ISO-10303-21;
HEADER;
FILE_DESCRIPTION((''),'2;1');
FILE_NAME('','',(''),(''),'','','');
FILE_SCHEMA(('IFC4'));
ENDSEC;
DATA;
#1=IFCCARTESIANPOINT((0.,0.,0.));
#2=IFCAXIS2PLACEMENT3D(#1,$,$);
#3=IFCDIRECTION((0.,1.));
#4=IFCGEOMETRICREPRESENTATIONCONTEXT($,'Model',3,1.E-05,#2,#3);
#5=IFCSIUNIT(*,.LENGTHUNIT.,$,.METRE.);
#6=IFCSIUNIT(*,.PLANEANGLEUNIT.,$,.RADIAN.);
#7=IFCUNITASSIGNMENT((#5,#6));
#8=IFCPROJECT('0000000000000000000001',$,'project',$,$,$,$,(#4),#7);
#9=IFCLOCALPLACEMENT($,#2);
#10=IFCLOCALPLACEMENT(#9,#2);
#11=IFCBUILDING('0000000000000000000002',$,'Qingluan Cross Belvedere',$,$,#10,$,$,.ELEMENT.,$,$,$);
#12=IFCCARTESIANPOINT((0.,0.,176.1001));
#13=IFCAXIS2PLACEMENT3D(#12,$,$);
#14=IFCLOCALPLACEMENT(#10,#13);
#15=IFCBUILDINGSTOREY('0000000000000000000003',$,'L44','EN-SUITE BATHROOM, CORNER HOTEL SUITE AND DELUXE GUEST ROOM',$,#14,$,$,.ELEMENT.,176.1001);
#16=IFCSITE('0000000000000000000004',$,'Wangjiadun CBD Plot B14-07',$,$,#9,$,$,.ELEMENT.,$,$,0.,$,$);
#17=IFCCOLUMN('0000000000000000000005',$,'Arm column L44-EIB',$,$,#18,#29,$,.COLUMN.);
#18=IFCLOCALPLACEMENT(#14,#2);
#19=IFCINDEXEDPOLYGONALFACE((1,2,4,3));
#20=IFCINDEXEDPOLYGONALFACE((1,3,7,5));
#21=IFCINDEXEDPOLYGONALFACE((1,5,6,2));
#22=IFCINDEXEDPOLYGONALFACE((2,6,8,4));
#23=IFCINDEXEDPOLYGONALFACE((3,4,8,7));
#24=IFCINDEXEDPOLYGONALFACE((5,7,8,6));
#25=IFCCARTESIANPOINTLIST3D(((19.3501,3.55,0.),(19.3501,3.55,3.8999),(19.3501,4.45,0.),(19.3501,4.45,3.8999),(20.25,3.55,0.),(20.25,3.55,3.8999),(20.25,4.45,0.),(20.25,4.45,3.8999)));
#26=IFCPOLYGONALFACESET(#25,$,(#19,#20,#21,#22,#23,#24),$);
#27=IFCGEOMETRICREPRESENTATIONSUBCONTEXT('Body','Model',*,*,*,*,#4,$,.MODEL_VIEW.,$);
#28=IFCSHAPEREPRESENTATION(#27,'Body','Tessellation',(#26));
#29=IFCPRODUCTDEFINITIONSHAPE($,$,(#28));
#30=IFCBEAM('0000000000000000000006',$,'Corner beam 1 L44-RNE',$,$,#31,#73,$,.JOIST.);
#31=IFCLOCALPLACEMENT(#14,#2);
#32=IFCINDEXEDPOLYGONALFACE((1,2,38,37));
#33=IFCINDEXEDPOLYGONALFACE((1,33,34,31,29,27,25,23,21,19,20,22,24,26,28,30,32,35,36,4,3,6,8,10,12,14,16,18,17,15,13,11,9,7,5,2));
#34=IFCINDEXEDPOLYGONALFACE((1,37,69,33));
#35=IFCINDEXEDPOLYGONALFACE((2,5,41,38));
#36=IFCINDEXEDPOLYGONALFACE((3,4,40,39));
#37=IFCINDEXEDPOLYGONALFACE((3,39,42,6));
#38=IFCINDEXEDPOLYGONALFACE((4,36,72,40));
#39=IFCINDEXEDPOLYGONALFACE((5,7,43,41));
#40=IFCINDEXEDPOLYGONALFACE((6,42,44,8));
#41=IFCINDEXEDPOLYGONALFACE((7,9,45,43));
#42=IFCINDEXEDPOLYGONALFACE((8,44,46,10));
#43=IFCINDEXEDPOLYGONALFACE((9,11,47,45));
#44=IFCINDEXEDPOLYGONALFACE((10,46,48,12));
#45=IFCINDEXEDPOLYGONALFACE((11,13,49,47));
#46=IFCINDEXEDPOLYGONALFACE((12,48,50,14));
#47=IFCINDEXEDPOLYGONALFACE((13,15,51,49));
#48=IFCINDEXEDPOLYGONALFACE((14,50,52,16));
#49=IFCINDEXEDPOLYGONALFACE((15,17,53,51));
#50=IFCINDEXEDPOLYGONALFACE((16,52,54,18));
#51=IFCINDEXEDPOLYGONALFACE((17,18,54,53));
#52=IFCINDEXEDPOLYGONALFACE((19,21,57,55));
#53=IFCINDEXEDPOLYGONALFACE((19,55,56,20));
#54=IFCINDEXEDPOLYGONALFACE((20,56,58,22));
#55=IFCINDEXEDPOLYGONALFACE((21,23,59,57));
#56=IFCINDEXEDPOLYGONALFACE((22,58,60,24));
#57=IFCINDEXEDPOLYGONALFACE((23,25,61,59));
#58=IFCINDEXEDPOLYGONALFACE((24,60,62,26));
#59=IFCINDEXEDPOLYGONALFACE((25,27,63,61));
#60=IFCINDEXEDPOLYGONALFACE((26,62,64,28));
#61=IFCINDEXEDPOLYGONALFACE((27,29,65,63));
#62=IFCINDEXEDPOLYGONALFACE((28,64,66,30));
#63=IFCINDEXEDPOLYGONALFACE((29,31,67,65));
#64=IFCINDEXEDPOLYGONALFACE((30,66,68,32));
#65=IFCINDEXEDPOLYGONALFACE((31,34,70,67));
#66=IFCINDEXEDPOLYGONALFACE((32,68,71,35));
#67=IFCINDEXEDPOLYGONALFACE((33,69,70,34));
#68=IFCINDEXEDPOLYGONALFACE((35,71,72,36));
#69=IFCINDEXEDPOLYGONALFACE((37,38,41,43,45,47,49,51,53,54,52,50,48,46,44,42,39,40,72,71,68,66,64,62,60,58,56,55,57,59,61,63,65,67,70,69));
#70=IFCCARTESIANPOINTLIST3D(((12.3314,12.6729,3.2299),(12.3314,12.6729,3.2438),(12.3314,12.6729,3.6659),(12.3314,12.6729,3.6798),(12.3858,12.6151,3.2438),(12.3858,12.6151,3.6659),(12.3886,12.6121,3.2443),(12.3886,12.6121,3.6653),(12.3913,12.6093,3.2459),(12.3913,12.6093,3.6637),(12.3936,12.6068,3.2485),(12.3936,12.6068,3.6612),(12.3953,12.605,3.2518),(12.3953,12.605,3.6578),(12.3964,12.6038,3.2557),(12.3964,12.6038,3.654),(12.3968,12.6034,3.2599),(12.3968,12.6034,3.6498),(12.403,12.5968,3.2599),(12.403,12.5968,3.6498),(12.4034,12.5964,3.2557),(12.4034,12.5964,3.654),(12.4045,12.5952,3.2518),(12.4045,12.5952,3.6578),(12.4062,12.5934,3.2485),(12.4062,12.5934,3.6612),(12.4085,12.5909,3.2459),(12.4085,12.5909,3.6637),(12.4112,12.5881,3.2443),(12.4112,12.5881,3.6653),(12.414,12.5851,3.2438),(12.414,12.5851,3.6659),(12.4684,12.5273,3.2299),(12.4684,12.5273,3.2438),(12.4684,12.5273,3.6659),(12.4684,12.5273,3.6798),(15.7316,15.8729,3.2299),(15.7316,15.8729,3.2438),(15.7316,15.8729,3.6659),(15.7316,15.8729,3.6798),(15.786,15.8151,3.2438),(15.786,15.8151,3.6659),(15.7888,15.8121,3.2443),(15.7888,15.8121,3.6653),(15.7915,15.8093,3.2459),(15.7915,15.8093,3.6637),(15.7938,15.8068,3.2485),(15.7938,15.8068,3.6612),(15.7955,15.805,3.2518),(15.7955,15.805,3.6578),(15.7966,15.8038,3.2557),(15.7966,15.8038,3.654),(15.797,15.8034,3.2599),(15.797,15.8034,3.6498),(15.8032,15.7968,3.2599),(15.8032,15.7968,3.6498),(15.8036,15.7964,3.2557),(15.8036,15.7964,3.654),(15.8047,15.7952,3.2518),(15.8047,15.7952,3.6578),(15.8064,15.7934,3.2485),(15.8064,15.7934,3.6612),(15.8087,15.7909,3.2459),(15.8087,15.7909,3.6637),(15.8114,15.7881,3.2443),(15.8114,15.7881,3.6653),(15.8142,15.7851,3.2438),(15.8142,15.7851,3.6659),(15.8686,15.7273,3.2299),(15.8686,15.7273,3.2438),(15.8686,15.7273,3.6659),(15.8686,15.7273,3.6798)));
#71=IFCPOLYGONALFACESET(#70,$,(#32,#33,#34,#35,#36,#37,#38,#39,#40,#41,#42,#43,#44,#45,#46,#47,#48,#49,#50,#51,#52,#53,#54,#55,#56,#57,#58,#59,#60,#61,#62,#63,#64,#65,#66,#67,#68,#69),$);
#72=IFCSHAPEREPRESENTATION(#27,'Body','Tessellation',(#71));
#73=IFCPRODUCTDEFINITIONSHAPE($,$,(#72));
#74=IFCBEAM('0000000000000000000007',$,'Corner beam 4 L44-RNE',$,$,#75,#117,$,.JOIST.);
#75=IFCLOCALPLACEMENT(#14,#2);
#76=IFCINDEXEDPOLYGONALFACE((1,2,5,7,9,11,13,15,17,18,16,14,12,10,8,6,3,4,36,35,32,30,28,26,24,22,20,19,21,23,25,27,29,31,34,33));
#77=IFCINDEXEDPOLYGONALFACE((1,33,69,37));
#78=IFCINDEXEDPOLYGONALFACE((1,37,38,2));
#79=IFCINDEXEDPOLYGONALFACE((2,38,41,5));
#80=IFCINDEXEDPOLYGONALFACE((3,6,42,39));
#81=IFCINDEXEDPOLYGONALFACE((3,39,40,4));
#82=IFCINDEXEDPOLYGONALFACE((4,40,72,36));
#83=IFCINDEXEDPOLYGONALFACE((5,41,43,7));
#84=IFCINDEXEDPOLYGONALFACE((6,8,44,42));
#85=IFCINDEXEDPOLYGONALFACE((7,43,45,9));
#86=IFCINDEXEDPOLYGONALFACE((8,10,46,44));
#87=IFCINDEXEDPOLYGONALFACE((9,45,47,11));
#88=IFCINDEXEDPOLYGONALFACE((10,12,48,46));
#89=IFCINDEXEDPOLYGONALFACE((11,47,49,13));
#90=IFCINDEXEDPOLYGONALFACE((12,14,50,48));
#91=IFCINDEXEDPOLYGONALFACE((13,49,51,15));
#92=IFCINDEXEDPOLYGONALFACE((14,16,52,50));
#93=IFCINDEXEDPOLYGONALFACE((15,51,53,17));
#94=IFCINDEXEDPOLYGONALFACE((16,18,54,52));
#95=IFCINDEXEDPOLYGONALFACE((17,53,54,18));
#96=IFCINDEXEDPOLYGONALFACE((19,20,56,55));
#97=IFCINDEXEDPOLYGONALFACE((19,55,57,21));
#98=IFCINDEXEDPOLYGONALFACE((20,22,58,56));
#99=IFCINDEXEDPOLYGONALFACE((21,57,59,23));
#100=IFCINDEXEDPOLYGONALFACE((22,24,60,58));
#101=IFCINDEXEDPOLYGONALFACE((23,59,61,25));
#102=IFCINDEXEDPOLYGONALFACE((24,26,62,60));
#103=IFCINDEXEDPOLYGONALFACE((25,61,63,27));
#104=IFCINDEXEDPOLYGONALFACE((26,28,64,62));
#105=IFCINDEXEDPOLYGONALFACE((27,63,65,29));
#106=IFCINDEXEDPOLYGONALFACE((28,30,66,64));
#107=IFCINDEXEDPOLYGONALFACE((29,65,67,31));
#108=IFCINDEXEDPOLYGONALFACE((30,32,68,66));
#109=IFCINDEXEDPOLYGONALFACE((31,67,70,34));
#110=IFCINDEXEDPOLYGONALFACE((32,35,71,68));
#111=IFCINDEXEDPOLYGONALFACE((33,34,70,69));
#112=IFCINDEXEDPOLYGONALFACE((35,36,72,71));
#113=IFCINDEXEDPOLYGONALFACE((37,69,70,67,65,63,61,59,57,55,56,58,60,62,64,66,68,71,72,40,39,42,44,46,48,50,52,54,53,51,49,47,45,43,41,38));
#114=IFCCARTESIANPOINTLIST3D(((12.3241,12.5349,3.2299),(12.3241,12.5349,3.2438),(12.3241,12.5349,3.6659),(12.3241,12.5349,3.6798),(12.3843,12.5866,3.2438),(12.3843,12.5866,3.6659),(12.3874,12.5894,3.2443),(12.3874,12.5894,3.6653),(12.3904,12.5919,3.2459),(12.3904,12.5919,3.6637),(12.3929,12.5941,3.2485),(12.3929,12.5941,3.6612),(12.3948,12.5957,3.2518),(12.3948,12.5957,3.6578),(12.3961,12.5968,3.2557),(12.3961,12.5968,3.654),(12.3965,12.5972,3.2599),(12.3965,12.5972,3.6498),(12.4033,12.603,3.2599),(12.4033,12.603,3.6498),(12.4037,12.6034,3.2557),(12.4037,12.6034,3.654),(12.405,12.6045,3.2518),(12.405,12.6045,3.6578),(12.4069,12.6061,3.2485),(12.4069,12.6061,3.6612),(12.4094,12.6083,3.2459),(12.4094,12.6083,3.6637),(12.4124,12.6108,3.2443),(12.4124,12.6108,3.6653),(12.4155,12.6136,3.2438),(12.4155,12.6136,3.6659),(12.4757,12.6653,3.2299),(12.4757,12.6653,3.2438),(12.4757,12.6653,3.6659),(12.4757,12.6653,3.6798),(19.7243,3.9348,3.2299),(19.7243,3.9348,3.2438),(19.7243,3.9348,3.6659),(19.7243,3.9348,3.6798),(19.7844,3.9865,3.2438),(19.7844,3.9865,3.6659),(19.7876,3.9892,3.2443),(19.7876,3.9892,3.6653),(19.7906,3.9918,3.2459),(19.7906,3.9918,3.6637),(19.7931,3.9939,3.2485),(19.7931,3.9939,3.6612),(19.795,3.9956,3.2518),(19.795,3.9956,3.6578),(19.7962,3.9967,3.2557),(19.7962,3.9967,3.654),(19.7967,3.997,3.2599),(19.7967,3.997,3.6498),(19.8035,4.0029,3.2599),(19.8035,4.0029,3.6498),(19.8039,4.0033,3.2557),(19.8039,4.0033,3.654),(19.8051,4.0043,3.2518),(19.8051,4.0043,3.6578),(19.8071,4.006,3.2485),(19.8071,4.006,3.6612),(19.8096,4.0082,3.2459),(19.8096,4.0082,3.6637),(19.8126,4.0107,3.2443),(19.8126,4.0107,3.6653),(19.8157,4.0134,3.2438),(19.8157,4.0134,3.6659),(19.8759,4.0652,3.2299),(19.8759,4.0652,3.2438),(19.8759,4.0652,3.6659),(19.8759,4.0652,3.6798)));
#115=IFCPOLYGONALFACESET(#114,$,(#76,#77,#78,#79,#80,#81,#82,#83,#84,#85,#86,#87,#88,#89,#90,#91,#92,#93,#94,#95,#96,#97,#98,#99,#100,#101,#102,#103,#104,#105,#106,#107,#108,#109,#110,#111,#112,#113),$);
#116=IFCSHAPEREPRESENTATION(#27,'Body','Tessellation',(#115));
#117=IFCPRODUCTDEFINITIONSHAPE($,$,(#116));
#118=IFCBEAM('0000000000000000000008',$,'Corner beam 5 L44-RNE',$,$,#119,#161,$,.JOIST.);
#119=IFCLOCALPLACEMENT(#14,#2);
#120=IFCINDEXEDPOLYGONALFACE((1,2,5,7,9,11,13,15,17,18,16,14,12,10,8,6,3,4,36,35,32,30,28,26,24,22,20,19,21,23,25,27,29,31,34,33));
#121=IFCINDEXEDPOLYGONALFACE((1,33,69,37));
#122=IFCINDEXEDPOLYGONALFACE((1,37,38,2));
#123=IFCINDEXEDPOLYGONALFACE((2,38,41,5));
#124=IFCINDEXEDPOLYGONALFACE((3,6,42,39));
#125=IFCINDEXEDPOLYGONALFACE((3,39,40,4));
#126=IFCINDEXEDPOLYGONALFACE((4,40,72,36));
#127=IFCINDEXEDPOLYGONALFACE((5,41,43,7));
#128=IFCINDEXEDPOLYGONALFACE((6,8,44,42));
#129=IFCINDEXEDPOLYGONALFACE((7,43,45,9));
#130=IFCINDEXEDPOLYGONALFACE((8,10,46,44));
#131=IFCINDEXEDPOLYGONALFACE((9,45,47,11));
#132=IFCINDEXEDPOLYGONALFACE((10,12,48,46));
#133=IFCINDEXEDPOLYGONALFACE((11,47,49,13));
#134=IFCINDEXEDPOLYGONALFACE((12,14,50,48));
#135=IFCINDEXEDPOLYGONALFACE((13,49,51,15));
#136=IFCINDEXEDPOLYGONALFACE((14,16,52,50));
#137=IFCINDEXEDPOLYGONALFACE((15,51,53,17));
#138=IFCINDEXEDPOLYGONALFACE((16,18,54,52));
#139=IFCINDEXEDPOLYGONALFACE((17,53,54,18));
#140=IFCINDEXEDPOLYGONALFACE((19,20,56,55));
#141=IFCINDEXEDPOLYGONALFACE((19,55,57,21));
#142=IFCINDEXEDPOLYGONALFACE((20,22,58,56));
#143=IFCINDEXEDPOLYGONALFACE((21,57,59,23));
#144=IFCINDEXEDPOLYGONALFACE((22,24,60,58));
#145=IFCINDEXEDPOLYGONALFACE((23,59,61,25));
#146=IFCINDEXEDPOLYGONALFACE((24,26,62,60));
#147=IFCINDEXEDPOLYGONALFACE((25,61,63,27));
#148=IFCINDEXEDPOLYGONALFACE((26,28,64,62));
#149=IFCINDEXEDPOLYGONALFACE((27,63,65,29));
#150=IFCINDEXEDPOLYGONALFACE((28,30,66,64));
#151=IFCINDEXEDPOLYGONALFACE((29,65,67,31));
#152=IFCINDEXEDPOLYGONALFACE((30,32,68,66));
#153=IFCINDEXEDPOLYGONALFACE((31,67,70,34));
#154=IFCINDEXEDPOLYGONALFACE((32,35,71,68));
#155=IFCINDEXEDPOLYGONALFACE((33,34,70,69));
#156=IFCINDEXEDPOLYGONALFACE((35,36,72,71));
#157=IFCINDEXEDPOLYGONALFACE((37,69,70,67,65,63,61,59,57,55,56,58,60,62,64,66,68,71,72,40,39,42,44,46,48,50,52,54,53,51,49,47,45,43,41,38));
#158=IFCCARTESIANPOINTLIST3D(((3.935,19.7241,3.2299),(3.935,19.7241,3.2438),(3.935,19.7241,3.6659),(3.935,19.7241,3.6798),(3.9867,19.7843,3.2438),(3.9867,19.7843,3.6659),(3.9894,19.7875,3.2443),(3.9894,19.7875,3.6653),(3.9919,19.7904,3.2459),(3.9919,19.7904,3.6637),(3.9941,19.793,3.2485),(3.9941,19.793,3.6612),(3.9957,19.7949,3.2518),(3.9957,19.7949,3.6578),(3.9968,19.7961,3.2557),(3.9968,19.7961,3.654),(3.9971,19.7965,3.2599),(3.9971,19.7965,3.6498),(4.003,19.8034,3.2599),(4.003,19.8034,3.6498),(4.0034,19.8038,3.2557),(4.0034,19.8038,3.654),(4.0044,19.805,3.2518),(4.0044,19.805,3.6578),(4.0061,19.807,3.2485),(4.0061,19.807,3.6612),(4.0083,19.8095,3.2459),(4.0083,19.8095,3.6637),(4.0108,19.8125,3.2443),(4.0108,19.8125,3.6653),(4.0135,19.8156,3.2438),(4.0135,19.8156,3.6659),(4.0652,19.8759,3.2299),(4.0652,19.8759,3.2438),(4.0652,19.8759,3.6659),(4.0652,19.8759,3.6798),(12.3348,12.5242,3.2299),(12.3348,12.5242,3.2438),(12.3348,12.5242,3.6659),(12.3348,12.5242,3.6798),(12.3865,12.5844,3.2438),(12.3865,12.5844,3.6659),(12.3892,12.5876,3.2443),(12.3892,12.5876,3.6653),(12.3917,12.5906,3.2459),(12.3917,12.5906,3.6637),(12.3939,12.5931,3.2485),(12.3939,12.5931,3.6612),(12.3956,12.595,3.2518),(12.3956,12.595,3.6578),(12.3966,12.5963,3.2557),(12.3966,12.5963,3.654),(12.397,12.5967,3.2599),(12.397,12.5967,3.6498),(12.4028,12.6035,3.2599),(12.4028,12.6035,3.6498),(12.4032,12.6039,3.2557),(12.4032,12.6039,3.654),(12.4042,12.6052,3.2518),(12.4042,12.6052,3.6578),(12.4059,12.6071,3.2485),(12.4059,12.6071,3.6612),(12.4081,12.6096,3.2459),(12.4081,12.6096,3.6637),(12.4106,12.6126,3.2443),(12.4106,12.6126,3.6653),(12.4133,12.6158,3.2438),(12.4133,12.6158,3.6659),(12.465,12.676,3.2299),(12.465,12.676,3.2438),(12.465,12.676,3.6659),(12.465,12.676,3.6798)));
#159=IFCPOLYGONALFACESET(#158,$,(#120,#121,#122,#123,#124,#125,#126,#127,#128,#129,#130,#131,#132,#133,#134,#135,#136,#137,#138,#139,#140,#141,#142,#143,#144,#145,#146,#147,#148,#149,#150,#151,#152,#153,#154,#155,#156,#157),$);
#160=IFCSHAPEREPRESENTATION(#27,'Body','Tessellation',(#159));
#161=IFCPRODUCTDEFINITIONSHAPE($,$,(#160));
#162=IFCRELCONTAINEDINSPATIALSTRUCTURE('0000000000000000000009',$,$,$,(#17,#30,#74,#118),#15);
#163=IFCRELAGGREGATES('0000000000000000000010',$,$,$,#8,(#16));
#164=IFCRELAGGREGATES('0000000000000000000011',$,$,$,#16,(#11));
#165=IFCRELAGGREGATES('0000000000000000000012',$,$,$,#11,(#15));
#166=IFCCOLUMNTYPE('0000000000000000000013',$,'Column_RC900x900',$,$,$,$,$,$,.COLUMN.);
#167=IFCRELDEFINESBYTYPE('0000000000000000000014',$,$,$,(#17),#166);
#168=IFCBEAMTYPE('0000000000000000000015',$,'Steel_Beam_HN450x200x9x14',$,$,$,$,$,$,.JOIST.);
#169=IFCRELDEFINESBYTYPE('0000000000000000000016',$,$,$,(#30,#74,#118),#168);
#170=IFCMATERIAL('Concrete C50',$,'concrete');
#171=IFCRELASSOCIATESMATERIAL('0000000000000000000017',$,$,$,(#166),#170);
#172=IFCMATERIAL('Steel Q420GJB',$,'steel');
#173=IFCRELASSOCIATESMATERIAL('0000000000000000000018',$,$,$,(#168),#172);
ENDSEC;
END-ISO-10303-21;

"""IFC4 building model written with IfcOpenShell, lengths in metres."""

from ifc_helpers import new_model, si_unit, direction, frame, origin, origin_2d, place, context, subcontext, project, spatial, rectangle, i_section, extrude, material, material_profile, profile_set, type_object, element, save


model = new_model("IFC4")

# Units and contexts
model_context = context("Model", 3, precision=1e-05, world=origin(), true_north=direction((0.0, 1.0)))
body_context = subcontext(model_context, "Body", "Model", "MODEL_VIEW")
ifc_project = project(units=[si_unit("LENGTHUNIT", "METRE"), si_unit("PLANEANGLEUNIT", "RADIAN")], contexts=[model_context])

# Site, building, storey
site_placement = place(None, origin())
site = spatial("IfcSite", under=ifc_project, at=site_placement, Name="Wangjiadun CBD Plot B14-07", CompositionType="ELEMENT", RefElevation=0.0)
building_placement = place(site_placement, origin())
building = spatial("IfcBuilding", under=site, at=building_placement, Name="Qingluan Cross Belvedere", CompositionType="ELEMENT")
storey_placement = place(building_placement, frame((0.0, 0.0, 176.1001)))
storey = spatial("IfcBuildingStorey", under=building, at=storey_placement, Name="L44", Description="EN-SUITE BATHROOM, CORNER HOTEL SUITE AND DELUXE GUEST ROOM", CompositionType="ELEMENT", Elevation=176.1001)

# Column
ifc_material_1 = material(Name="Concrete C50", Category="concrete")
ifc_material_profile_1 = material_profile(ifc_material_1, rectangle(XDim=0.8999, YDim=0.8999, at=origin_2d()), Name="RC900x900")
ifc_profile_set_1 = profile_set([ifc_material_profile_1], Name="Concrete C50")
column_type = type_object("IfcColumnType", Name="Column_RC900x900", PredefinedType="COLUMN", material=ifc_profile_set_1)
column_placement = place(storey_placement, frame((19.8, 4.0, 0.0), z_axis=(0.0, 0.0, 1.0), x_axis=(1.0, 0.0, 0.0)))
element("IfcColumn", 1, at=column_placement, inside=storey, type_object=column_type, Name="Arm column L44-EIB", PredefinedType="COLUMN", context=body_context, shape_type="SweptSolid", body=[
    extrude(rectangle(XDim=0.8999, YDim=0.8999, at=origin_2d()), origin(), (0.0, 0.0, 1.0), 3.8999),
])

# Beams
ifc_material_2 = material(Name="Steel Q420GJB", Category="steel")
ifc_material_profile_2 = material_profile(ifc_material_2, i_section(OverallWidth=0.2, OverallDepth=0.45, WebThickness=0.009, FlangeThickness=0.0139, FilletRadius=0.0161, at=origin_2d()), Name="HN450x200x9x14")
ifc_profile_set_2 = profile_set([ifc_material_profile_2], Name="Steel Q420GJB")
beam_type_1 = type_object("IfcBeamType", Name="Steel_Beam_HN450x200x9x14", PredefinedType="JOIST", material=ifc_profile_set_2)
beam_1_placement = place(storey_placement, frame((12.3999, 12.6001, 3.4548), z_axis=(0.72822, 0.685343, 0.0), x_axis=(-0.685343, 0.72822, 0.0)))
element("IfcBeam", 2, at=beam_1_placement, inside=storey, type_object=beam_type_1, Name="Corner beam 1 L44-RNE", PredefinedType="JOIST", context=body_context, shape_type="SweptSolid", body=[
    extrude(i_section(OverallWidth=0.2, OverallDepth=0.45, WebThickness=0.009, FlangeThickness=0.0139, FilletRadius=0.0161, at=origin_2d()), origin(), (0.0, 0.0, 1.0), 4.6692),
])
beam_2_placement = place(storey_placement, frame((12.3999, 12.6001, 3.4548), z_axis=(0.652245, -0.758008, 0.0), x_axis=(0.758008, 0.652245, 0.0)))
element("IfcBeam", 3, at=beam_2_placement, inside=storey, type_object=beam_type_1, Name="Corner beam 4 L44-RNE", PredefinedType="JOIST", context=body_context, shape_type="SweptSolid", body=[
    extrude(i_section(OverallWidth=0.2, OverallDepth=0.45, WebThickness=0.009, FlangeThickness=0.0139, FilletRadius=0.0161, at=origin_2d()), origin(), (0.0, 0.0, 1.0), 11.3457),
])
beam_3_placement = place(storey_placement, frame((12.3999, 12.6001, 3.4548), z_axis=(-0.759255, 0.650793, 0.0), x_axis=(-0.650793, -0.759255, 0.0)))
element("IfcBeam", 4, at=beam_3_placement, inside=storey, type_object=beam_type_1, Name="Corner beam 5 L44-RNE", PredefinedType="JOIST", context=body_context, shape_type="SweptSolid", body=[
    extrude(i_section(OverallWidth=0.2, OverallDepth=0.45, WebThickness=0.009, FlangeThickness=0.0139, FilletRadius=0.0161, at=origin_2d()), origin(), (0.0, 0.0, 1.0), 11.0632),
])

save(model, "model.ifc")
